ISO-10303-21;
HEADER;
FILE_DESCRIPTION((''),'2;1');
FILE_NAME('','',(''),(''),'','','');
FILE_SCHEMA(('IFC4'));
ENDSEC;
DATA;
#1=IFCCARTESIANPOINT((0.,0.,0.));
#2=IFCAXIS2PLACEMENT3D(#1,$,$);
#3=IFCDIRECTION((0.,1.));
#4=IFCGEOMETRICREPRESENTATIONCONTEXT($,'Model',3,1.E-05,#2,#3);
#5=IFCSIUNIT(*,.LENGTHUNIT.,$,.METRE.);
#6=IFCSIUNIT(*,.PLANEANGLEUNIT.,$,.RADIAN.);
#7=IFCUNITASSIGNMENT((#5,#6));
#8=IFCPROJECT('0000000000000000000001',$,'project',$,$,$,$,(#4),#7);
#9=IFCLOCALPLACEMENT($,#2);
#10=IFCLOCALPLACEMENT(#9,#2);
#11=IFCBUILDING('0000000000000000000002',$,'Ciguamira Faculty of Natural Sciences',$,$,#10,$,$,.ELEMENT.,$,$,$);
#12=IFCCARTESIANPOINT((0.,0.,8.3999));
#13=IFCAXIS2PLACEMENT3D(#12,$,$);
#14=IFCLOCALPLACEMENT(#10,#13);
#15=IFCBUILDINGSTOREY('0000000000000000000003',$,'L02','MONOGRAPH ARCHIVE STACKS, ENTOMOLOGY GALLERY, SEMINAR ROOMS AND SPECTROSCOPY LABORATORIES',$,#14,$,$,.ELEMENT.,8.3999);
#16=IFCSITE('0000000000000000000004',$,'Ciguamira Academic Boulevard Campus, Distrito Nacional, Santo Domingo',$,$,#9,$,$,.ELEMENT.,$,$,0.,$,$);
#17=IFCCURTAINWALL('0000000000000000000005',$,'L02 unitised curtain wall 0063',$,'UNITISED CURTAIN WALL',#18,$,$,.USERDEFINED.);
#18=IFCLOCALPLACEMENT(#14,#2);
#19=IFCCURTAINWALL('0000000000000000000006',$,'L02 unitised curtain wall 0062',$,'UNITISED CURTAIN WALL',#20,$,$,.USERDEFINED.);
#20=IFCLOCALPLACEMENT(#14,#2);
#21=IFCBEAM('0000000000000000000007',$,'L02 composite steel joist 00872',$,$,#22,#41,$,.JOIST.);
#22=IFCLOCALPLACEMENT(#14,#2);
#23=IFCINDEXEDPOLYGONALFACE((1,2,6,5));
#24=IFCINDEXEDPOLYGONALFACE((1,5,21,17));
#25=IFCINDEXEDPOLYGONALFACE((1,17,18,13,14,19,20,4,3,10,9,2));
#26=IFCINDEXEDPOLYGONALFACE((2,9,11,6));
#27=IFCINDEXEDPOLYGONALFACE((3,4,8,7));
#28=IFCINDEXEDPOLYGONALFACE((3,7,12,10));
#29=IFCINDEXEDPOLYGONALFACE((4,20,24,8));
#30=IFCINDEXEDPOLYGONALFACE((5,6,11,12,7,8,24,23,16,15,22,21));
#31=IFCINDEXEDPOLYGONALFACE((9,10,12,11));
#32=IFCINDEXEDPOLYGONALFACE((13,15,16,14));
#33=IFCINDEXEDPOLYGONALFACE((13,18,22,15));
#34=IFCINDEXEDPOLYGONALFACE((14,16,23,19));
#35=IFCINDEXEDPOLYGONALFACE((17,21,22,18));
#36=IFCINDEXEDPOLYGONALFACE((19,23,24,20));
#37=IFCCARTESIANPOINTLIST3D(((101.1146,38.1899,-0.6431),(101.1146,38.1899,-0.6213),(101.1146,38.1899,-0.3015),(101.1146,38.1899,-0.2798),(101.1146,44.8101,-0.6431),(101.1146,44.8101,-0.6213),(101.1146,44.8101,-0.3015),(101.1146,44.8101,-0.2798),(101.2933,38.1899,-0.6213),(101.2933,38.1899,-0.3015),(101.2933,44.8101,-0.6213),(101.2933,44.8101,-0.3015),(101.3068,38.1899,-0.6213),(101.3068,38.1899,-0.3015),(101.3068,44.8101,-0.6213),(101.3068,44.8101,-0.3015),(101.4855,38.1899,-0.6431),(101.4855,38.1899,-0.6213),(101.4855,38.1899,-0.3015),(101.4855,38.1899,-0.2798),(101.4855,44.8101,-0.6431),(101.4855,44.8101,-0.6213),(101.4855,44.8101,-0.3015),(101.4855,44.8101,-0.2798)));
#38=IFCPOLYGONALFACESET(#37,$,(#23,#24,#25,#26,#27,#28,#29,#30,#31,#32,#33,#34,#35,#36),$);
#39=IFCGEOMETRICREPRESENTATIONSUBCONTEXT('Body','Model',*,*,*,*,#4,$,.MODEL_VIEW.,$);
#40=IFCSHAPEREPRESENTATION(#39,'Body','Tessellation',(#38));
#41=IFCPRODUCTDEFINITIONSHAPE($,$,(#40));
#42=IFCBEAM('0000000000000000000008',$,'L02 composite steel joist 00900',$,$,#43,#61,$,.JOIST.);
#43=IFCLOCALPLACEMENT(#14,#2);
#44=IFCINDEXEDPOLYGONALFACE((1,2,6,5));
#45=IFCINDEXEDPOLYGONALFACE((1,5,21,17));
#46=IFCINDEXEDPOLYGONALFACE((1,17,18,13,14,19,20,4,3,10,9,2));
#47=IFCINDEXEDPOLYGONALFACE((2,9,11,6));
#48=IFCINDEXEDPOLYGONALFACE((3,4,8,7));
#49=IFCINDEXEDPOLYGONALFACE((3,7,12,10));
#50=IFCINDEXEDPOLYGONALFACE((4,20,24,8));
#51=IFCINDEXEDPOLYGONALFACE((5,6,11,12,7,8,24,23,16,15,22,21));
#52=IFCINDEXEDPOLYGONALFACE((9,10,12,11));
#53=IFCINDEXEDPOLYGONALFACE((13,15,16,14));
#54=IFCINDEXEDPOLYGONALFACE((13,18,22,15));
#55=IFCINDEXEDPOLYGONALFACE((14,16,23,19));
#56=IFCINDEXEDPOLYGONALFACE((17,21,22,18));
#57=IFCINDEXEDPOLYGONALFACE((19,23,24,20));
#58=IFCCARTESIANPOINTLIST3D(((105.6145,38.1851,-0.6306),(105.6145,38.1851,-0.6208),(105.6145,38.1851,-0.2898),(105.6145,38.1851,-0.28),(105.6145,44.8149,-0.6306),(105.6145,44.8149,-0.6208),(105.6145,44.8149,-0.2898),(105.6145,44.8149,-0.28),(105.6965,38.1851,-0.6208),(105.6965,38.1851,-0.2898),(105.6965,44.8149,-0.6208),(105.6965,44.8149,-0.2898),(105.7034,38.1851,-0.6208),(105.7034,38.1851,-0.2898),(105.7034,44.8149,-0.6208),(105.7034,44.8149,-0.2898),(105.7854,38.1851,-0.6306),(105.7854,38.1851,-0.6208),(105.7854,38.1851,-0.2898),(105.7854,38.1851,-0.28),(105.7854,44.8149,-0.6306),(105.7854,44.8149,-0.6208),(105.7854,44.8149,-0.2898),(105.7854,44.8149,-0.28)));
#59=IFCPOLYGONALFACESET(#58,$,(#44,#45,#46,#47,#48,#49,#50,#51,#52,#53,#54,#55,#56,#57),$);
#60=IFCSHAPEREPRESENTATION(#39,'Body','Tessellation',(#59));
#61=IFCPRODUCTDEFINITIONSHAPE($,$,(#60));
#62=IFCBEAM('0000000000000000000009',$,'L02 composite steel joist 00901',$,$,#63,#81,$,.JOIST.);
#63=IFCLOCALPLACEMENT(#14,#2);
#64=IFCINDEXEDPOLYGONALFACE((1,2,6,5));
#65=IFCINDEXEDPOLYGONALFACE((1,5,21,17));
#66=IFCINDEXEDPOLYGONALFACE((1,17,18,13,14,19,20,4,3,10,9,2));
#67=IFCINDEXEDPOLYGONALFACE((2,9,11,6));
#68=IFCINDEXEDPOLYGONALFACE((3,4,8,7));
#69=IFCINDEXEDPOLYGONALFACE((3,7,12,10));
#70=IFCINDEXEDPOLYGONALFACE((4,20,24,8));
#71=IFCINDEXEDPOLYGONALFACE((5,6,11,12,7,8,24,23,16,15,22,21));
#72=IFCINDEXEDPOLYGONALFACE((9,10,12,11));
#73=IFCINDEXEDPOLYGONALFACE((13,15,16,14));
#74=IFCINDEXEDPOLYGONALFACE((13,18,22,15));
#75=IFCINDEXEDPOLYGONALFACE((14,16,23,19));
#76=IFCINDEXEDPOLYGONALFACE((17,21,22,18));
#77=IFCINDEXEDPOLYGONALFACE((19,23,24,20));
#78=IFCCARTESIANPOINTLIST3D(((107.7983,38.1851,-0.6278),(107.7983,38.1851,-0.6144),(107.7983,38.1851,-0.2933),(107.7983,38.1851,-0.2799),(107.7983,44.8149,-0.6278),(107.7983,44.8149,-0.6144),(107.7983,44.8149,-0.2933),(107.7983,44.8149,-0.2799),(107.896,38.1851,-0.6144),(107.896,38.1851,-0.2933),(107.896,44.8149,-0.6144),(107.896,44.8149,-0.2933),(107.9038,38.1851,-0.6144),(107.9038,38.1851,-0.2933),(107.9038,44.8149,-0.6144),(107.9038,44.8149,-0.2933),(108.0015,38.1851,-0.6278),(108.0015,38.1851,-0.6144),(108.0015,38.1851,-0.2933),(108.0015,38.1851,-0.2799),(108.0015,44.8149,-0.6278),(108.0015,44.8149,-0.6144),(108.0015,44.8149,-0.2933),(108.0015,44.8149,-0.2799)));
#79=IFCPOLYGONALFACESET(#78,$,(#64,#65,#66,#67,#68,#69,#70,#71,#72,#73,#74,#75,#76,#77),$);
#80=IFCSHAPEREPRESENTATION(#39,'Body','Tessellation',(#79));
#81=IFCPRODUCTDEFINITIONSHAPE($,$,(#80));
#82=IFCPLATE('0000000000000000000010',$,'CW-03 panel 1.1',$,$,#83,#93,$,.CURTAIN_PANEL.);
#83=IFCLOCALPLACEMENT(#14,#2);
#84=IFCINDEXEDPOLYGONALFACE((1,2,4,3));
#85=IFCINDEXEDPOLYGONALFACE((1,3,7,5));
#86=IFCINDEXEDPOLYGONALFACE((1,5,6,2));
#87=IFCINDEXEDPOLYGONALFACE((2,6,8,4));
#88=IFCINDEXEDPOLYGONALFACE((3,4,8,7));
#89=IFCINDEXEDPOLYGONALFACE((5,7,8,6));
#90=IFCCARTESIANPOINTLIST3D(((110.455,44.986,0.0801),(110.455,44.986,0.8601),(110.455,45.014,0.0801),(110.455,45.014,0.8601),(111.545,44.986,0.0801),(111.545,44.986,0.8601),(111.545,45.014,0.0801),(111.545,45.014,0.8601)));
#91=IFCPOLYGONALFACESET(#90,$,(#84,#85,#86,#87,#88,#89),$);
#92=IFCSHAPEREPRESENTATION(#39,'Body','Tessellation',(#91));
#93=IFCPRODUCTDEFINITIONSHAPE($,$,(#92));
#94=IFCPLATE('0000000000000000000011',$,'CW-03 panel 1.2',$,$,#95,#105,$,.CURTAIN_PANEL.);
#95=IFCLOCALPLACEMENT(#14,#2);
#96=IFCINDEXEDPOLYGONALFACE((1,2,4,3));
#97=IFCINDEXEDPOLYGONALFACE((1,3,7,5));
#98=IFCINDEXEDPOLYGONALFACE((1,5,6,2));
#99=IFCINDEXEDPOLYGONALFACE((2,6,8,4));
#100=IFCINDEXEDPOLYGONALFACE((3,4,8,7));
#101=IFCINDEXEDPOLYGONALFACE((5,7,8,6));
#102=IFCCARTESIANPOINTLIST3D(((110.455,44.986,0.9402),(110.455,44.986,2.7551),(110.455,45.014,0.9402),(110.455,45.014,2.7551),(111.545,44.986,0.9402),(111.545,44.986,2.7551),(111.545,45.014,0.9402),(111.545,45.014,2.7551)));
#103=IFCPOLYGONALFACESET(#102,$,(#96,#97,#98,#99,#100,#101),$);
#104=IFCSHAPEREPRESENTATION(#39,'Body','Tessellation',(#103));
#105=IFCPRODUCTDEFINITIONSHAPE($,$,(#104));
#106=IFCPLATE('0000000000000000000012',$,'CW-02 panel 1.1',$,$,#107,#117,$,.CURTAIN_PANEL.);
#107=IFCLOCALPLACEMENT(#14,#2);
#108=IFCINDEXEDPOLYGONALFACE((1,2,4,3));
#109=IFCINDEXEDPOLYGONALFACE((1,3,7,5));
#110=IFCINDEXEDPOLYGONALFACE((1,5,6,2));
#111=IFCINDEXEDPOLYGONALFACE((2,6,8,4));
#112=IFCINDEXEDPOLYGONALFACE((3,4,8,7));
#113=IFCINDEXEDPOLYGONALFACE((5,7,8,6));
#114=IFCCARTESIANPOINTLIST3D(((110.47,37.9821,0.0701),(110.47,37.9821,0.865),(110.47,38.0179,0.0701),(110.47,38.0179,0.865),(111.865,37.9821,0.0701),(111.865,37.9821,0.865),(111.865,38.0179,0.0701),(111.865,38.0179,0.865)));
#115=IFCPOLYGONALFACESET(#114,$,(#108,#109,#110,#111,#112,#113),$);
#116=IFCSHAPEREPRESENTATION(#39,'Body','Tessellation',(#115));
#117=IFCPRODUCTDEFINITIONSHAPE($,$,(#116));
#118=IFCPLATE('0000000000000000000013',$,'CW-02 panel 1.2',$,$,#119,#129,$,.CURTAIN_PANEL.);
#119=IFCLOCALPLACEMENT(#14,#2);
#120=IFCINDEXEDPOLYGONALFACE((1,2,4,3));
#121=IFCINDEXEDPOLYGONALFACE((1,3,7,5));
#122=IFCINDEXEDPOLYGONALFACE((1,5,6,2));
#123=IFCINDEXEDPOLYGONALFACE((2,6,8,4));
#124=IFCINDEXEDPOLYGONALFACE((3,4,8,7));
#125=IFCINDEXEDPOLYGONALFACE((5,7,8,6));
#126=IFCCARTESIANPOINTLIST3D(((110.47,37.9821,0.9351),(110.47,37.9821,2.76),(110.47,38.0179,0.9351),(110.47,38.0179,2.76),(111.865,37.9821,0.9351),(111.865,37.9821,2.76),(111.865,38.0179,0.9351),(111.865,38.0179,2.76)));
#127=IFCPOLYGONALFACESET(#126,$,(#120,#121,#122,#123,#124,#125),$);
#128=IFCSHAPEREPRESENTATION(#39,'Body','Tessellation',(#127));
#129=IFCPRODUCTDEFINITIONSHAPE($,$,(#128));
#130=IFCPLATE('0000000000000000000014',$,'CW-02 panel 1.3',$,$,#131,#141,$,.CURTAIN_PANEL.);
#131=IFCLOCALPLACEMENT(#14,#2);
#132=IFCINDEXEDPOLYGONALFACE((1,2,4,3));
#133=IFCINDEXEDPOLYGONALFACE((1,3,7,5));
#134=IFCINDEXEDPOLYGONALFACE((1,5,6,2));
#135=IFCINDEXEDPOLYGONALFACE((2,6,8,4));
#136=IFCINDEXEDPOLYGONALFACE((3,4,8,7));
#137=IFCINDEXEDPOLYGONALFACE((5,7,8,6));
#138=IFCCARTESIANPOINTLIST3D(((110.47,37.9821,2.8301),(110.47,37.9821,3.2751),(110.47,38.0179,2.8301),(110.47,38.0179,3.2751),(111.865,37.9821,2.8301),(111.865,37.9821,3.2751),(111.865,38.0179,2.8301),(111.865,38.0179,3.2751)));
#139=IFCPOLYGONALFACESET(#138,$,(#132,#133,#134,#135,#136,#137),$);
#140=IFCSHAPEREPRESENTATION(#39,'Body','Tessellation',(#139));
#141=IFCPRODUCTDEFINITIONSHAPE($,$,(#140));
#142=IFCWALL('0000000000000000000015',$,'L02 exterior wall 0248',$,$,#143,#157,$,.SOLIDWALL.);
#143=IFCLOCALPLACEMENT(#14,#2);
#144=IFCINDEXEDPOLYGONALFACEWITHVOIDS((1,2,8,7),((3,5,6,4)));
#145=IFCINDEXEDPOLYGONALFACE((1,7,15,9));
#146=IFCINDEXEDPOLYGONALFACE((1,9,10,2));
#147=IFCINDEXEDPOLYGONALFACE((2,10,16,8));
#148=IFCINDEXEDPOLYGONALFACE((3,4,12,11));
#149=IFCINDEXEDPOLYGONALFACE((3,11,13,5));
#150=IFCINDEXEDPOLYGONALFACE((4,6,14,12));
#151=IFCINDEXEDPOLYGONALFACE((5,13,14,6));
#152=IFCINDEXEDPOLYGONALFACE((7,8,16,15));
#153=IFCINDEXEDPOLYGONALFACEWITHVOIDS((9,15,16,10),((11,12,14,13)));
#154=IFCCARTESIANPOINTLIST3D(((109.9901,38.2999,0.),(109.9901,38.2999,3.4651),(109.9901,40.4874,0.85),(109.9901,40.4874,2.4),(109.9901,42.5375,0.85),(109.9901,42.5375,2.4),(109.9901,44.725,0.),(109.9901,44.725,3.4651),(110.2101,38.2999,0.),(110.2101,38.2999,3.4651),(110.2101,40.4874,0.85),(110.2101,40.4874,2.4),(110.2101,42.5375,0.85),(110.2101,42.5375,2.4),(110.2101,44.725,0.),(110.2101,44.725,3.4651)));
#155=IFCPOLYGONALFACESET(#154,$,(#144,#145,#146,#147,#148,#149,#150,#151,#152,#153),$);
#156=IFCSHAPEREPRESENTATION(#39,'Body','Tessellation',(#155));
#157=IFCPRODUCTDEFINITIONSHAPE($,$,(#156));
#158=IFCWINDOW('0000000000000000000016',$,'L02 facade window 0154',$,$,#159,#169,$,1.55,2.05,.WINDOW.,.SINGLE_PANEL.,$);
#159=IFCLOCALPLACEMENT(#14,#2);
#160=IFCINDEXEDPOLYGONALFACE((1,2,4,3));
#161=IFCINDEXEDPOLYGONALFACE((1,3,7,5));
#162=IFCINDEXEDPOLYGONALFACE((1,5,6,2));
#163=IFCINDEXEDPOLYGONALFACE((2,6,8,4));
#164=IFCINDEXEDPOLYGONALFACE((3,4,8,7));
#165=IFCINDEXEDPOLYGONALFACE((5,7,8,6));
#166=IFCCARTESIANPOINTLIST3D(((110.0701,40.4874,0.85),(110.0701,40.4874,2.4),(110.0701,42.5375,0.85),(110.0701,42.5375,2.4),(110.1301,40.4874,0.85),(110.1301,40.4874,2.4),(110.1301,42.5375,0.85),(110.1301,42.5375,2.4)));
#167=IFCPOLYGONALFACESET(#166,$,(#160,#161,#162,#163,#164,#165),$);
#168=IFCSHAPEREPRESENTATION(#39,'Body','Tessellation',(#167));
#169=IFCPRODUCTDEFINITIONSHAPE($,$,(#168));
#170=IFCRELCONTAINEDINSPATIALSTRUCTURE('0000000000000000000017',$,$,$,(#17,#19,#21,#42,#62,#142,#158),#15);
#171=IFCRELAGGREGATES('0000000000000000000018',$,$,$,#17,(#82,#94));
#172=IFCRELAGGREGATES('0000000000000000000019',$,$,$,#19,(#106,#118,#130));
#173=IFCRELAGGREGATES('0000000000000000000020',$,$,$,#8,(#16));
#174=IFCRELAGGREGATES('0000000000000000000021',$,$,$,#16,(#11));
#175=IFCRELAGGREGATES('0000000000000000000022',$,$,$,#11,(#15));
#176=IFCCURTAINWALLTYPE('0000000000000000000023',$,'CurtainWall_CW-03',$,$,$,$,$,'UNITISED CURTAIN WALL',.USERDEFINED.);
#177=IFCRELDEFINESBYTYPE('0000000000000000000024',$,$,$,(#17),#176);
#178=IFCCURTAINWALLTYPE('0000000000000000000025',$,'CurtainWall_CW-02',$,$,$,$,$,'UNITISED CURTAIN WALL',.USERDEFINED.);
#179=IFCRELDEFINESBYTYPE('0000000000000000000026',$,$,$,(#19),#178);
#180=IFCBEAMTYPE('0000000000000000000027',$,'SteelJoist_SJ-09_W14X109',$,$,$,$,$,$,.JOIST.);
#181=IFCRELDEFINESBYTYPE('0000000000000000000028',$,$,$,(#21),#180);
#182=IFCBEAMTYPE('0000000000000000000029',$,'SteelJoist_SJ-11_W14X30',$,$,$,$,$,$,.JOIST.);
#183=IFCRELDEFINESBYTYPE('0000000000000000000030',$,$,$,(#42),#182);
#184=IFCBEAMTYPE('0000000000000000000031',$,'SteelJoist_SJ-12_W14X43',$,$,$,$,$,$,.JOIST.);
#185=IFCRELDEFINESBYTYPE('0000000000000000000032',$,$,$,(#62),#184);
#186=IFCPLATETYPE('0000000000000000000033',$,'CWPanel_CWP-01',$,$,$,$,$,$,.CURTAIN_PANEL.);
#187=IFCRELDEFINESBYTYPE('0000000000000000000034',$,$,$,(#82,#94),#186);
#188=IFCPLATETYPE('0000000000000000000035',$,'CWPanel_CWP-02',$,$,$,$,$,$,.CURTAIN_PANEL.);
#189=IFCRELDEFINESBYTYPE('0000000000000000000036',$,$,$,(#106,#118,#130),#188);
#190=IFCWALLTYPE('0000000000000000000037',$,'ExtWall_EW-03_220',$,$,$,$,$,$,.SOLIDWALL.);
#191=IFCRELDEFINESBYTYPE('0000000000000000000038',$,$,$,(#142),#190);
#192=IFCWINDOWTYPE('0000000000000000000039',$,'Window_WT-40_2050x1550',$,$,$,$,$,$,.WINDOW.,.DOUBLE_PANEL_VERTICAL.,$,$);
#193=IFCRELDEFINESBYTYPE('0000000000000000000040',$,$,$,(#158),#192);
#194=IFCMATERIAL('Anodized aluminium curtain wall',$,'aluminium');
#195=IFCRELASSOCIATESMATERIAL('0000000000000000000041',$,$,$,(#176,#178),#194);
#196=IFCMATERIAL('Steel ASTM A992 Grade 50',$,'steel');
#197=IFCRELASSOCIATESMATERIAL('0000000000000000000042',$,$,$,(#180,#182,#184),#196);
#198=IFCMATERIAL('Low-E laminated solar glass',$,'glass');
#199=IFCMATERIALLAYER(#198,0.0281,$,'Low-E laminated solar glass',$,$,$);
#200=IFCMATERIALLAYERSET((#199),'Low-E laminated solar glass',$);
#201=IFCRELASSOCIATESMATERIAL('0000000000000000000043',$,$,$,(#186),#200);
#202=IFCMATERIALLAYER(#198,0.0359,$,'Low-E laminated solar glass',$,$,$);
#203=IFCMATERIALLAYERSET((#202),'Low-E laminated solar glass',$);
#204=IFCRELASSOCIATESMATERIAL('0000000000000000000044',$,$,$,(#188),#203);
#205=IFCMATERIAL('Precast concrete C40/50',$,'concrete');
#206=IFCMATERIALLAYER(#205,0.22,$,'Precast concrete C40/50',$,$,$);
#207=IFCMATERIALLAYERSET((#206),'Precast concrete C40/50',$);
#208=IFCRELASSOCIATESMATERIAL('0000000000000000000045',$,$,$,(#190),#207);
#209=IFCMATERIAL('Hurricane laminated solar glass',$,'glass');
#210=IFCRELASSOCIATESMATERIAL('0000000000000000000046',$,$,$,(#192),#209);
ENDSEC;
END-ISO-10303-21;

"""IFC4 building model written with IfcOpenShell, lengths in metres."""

from ifc_helpers import new_model, si_unit, direction, frame, frame_2d, origin, origin_2d, place, context, subcontext, project, spatial, rectangle, i_section, extrude, material, layer, layer_set, material_profile, profile_set, type_object, element, fill, aggregate, save


model = new_model("IFC4")

# Units and contexts
model_context = context("Model", 3, precision=1e-05, world=origin(), true_north=direction((0.0, 1.0)))
body_context = subcontext(model_context, "Body", "Model", "MODEL_VIEW")
ifc_project = project(units=[si_unit("LENGTHUNIT", "METRE"), si_unit("PLANEANGLEUNIT", "RADIAN")], contexts=[model_context])

# Site, building, storey
site_placement = place(None, origin())
site = spatial("IfcSite", under=ifc_project, at=site_placement, Name="Ciguamira Academic Boulevard Campus, Distrito Nacional, Santo Domingo", CompositionType="ELEMENT", RefElevation=0.0)
building_placement = place(site_placement, origin())
building = spatial("IfcBuilding", under=site, at=building_placement, Name="Ciguamira Faculty of Natural Sciences", CompositionType="ELEMENT")
storey_placement = place(building_placement, frame((0.0, 0.0, 8.3999)))
storey = spatial("IfcBuildingStorey", under=building, at=storey_placement, Name="L02", Description="MONOGRAPH ARCHIVE STACKS, ENTOMOLOGY GALLERY, SEMINAR ROOMS AND SPECTROSCOPY LABORATORIES", CompositionType="ELEMENT", Elevation=8.3999)

# Curtain wall
ifc_material_1 = material(Name="Anodized aluminium curtain wall", Category="aluminium")
curtain_wall_type_1 = type_object("IfcCurtainWallType", Name="CurtainWall_CW-03", ElementType="UNITISED CURTAIN WALL", PredefinedType="USERDEFINED", material=ifc_material_1)
curtain_wall_1_placement = place(storey_placement, origin())
curtain_wall_1 = element("IfcCurtainWall", 1, at=curtain_wall_1_placement, inside=storey, type_object=curtain_wall_type_1, Name="L02 unitised curtain wall 0063", ObjectType="UNITISED CURTAIN WALL", PredefinedType="USERDEFINED")

# Curtain wall
curtain_wall_type_2 = type_object("IfcCurtainWallType", Name="CurtainWall_CW-02", ElementType="UNITISED CURTAIN WALL", PredefinedType="USERDEFINED", material=ifc_material_1)
curtain_wall_2_placement = place(storey_placement, origin())
curtain_wall_2 = element("IfcCurtainWall", 2, at=curtain_wall_2_placement, inside=storey, type_object=curtain_wall_type_2, Name="L02 unitised curtain wall 0062", ObjectType="UNITISED CURTAIN WALL", PredefinedType="USERDEFINED")

# Beams
ifc_material_2 = material(Name="Precast concrete C40/50", Category="concrete")
ifc_material_3 = material(Name="Steel ASTM A992 Grade 50", Category="steel")
ifc_material_profile_1 = material_profile(ifc_material_3, i_section(OverallWidth=0.3708, OverallDepth=0.3633, WebThickness=0.0134, FlangeThickness=0.0217, at=origin_2d()), Name="W14X109")
ifc_profile_set_1 = profile_set([ifc_material_profile_1], Name="Steel ASTM A992 Grade 50")
beam_type_1 = type_object("IfcBeamType", Name="SteelJoist_SJ-09_W14X109", PredefinedType="JOIST", material=ifc_profile_set_1)
beam_1_placement = place(storey_placement, frame((101.3, 38.1899, -0.4614), z_axis=(0.0, 1.0, 0.0), x_axis=(-1.0, 0.0, 0.0)))
element("IfcBeam", 3, at=beam_1_placement, inside=storey, type_object=beam_type_1, Name="L02 composite steel joist 00872", PredefinedType="JOIST", context=body_context, shape_type="SweptSolid", body=[
    extrude(i_section(OverallWidth=0.3708, OverallDepth=0.3633, WebThickness=0.0134, FlangeThickness=0.0217, at=origin_2d()), origin(), (0.0, 0.0, 1.0), 6.6201),
])
ifc_material_profile_2 = material_profile(ifc_material_3, i_section(OverallWidth=0.1709, OverallDepth=0.3506, WebThickness=0.0068, FlangeThickness=0.0098, at=origin_2d()), Name="W14X30")
ifc_profile_set_2 = profile_set([ifc_material_profile_2], Name="Steel ASTM A992 Grade 50")
beam_type_2 = type_object("IfcBeamType", Name="SteelJoist_SJ-11_W14X30", PredefinedType="JOIST", material=ifc_profile_set_2)
beam_2_placement = place(storey_placement, frame((105.7, 38.1851, -0.4553), z_axis=(0.0, 1.0, 0.0), x_axis=(-1.0, 0.0, 0.0)))
element("IfcBeam", 4, at=beam_2_placement, inside=storey, type_object=beam_type_2, Name="L02 composite steel joist 00900", PredefinedType="JOIST", context=body_context, shape_type="SweptSolid", body=[
    extrude(i_section(OverallWidth=0.1709, OverallDepth=0.3506, WebThickness=0.0068, FlangeThickness=0.0098, at=origin_2d()), origin(), (0.0, 0.0, 1.0), 6.6299),
])
ifc_material_profile_3 = material_profile(ifc_material_3, i_section(OverallWidth=0.2031, OverallDepth=0.3479, WebThickness=0.0078, FlangeThickness=0.0134, at=origin_2d()), Name="W14X43")
ifc_profile_set_3 = profile_set([ifc_material_profile_3], Name="Steel ASTM A992 Grade 50")
beam_type_3 = type_object("IfcBeamType", Name="SteelJoist_SJ-12_W14X43", PredefinedType="JOIST", material=ifc_profile_set_3)
beam_3_placement = place(storey_placement, frame((107.8999, 38.1851, -0.4539), z_axis=(0.0, 1.0, 0.0), x_axis=(-1.0, 0.0, 0.0)))
element("IfcBeam", 5, at=beam_3_placement, inside=storey, type_object=beam_type_3, Name="L02 composite steel joist 00901", PredefinedType="JOIST", context=body_context, shape_type="SweptSolid", body=[
    extrude(i_section(OverallWidth=0.2031, OverallDepth=0.3479, WebThickness=0.0078, FlangeThickness=0.0134, at=origin_2d()), origin(), (0.0, 0.0, 1.0), 6.6299),
])

# Plates
ifc_material_4 = material(Name="Low-E laminated solar glass", Category="glass")
ifc_layer_1 = layer(ifc_material_4, 0.0281, Name="Low-E laminated solar glass")
ifc_layer_set_1 = layer_set([ifc_layer_1], Name="Low-E laminated solar glass")
plate_type_1 = type_object("IfcPlateType", Name="CWPanel_CWP-01", PredefinedType="CURTAIN_PANEL", material=ifc_layer_set_1)
plate_1_placement = place(storey_placement, frame((111.0, 45.0, 0.0801), z_axis=(0.0, 0.0, 1.0), x_axis=(1.0, 0.0, 0.0)))
plate_1 = element("IfcPlate", 6, at=plate_1_placement, type_object=plate_type_1, Name="CW-03 panel 1.1", PredefinedType="CURTAIN_PANEL", context=body_context, shape_type="SweptSolid", body=[
    extrude(rectangle(XDim=1.0901, YDim=0.0281, at=origin_2d()), origin(), (0.0, 0.0, 1.0), 0.78),
])
plate_2_placement = place(storey_placement, frame((111.0, 45.0, 0.9402), z_axis=(0.0, 0.0, 1.0), x_axis=(1.0, 0.0, 0.0)))
plate_2 = element("IfcPlate", 7, at=plate_2_placement, type_object=plate_type_1, Name="CW-03 panel 1.2", PredefinedType="CURTAIN_PANEL", context=body_context, shape_type="SweptSolid", body=[
    extrude(rectangle(XDim=1.0901, YDim=0.0281, at=origin_2d()), origin(), (0.0, 0.0, 1.0), 1.8149),
])
aggregate(curtain_wall_1, [plate_1, plate_2])
ifc_layer_2 = layer(ifc_material_4, 0.0359, Name="Low-E laminated solar glass")
ifc_layer_set_2 = layer_set([ifc_layer_2], Name="Low-E laminated solar glass")
plate_type_2 = type_object("IfcPlateType", Name="CWPanel_CWP-02", PredefinedType="CURTAIN_PANEL", material=ifc_layer_set_2)
plate_3_placement = place(storey_placement, frame((111.1675, 38.0, 0.0701), z_axis=(0.0, 0.0, 1.0), x_axis=(1.0, 0.0, 0.0)))
plate_3 = element("IfcPlate", 8, at=plate_3_placement, type_object=plate_type_2, Name="CW-02 panel 1.1", PredefinedType="CURTAIN_PANEL", context=body_context, shape_type="SweptSolid", body=[
    extrude(rectangle(XDim=1.395, YDim=0.0359, at=origin_2d()), origin(), (0.0, 0.0, 1.0), 0.7949),
])
plate_4_placement = place(storey_placement, frame((111.1675, 38.0, 0.9351), z_axis=(0.0, 0.0, 1.0), x_axis=(1.0, 0.0, 0.0)))
plate_4 = element("IfcPlate", 9, at=plate_4_placement, type_object=plate_type_2, Name="CW-02 panel 1.2", PredefinedType="CURTAIN_PANEL", context=body_context, shape_type="SweptSolid", body=[
    extrude(rectangle(XDim=1.395, YDim=0.0359, at=origin_2d()), origin(), (0.0, 0.0, 1.0), 1.825),
])
plate_5_placement = place(storey_placement, frame((111.1675, 38.0, 2.8301), z_axis=(0.0, 0.0, 1.0), x_axis=(1.0, 0.0, 0.0)))
plate_5 = element("IfcPlate", 10, at=plate_5_placement, type_object=plate_type_2, Name="CW-02 panel 1.3", PredefinedType="CURTAIN_PANEL", context=body_context, shape_type="SweptSolid", body=[
    extrude(rectangle(XDim=1.395, YDim=0.0359, at=origin_2d()), origin(), (0.0, 0.0, 1.0), 0.4451),
])
aggregate(curtain_wall_2, [plate_3, plate_4, plate_5])

# Wall, opening, window
ifc_layer_3 = layer(ifc_material_2, 0.22, Name="Precast concrete C40/50")
ifc_layer_set_3 = layer_set([ifc_layer_3], Name="Precast concrete C40/50")
wall_type = type_object("IfcWallType", Name="ExtWall_EW-03_220", PredefinedType="SOLIDWALL", material=ifc_layer_set_3)
wall_placement = place(storey_placement, frame((110.1001, 38.3, 0.0), z_axis=(0.0, 0.0, 1.0), x_axis=(0.0, 1.0, 0.0)))
wall = element("IfcWall", 11, at=wall_placement, inside=storey, type_object=wall_type, Name="L02 exterior wall 0248", PredefinedType="SOLIDWALL", context=body_context, shape_type="SweptSolid", body=[
    extrude(rectangle(XDim=6.425, YDim=0.22, at=frame_2d((3.2124, 0.0))), origin(), (0.0, 0.0, 1.0), 3.4651),
])
opening_placement = place(wall_placement, frame((2.1875, 0.0, 0.8501)))
opening = element("IfcOpeningElement", 12, at=opening_placement, cuts=wall, PredefinedType="OPENING", context=body_context, shape_type="SweptSolid", body=[
    extrude(rectangle(XDim=2.05, YDim=1.55, at=frame_2d((1.0249, 0.7749))), frame((0.0, 0.1199, 0.0), z_axis=(0.0, -1.0, 0.0), x_axis=(1.0, 0.0, 0.0)), (0.0, 0.0, 1.0), 0.24),
])
ifc_material_5 = material(Name="Hurricane laminated solar glass", Category="glass")
window_type = type_object("IfcWindowType", Name="Window_WT-40_2050x1550", PartitioningType="DOUBLE_PANEL_VERTICAL", PredefinedType="WINDOW", material=ifc_material_5)
window_placement = place(opening_placement, origin())
window = element("IfcWindow", 13, at=window_placement, inside=storey, type_object=window_type, Name="L02 facade window 0154", OverallHeight=1.55, OverallWidth=2.05, PartitioningType="SINGLE_PANEL", PredefinedType="WINDOW", context=body_context, shape_type="SweptSolid", body=[
    extrude(rectangle(XDim=2.05, YDim=1.55, at=frame_2d((1.0249, 0.7749))), frame((0.0, 0.03, 0.0), z_axis=(0.0, -1.0, 0.0), x_axis=(1.0, 0.0, 0.0)), (0.0, 0.0, 1.0), 0.0601),
])
fill(opening, window)

save(model, "model.ifc")
